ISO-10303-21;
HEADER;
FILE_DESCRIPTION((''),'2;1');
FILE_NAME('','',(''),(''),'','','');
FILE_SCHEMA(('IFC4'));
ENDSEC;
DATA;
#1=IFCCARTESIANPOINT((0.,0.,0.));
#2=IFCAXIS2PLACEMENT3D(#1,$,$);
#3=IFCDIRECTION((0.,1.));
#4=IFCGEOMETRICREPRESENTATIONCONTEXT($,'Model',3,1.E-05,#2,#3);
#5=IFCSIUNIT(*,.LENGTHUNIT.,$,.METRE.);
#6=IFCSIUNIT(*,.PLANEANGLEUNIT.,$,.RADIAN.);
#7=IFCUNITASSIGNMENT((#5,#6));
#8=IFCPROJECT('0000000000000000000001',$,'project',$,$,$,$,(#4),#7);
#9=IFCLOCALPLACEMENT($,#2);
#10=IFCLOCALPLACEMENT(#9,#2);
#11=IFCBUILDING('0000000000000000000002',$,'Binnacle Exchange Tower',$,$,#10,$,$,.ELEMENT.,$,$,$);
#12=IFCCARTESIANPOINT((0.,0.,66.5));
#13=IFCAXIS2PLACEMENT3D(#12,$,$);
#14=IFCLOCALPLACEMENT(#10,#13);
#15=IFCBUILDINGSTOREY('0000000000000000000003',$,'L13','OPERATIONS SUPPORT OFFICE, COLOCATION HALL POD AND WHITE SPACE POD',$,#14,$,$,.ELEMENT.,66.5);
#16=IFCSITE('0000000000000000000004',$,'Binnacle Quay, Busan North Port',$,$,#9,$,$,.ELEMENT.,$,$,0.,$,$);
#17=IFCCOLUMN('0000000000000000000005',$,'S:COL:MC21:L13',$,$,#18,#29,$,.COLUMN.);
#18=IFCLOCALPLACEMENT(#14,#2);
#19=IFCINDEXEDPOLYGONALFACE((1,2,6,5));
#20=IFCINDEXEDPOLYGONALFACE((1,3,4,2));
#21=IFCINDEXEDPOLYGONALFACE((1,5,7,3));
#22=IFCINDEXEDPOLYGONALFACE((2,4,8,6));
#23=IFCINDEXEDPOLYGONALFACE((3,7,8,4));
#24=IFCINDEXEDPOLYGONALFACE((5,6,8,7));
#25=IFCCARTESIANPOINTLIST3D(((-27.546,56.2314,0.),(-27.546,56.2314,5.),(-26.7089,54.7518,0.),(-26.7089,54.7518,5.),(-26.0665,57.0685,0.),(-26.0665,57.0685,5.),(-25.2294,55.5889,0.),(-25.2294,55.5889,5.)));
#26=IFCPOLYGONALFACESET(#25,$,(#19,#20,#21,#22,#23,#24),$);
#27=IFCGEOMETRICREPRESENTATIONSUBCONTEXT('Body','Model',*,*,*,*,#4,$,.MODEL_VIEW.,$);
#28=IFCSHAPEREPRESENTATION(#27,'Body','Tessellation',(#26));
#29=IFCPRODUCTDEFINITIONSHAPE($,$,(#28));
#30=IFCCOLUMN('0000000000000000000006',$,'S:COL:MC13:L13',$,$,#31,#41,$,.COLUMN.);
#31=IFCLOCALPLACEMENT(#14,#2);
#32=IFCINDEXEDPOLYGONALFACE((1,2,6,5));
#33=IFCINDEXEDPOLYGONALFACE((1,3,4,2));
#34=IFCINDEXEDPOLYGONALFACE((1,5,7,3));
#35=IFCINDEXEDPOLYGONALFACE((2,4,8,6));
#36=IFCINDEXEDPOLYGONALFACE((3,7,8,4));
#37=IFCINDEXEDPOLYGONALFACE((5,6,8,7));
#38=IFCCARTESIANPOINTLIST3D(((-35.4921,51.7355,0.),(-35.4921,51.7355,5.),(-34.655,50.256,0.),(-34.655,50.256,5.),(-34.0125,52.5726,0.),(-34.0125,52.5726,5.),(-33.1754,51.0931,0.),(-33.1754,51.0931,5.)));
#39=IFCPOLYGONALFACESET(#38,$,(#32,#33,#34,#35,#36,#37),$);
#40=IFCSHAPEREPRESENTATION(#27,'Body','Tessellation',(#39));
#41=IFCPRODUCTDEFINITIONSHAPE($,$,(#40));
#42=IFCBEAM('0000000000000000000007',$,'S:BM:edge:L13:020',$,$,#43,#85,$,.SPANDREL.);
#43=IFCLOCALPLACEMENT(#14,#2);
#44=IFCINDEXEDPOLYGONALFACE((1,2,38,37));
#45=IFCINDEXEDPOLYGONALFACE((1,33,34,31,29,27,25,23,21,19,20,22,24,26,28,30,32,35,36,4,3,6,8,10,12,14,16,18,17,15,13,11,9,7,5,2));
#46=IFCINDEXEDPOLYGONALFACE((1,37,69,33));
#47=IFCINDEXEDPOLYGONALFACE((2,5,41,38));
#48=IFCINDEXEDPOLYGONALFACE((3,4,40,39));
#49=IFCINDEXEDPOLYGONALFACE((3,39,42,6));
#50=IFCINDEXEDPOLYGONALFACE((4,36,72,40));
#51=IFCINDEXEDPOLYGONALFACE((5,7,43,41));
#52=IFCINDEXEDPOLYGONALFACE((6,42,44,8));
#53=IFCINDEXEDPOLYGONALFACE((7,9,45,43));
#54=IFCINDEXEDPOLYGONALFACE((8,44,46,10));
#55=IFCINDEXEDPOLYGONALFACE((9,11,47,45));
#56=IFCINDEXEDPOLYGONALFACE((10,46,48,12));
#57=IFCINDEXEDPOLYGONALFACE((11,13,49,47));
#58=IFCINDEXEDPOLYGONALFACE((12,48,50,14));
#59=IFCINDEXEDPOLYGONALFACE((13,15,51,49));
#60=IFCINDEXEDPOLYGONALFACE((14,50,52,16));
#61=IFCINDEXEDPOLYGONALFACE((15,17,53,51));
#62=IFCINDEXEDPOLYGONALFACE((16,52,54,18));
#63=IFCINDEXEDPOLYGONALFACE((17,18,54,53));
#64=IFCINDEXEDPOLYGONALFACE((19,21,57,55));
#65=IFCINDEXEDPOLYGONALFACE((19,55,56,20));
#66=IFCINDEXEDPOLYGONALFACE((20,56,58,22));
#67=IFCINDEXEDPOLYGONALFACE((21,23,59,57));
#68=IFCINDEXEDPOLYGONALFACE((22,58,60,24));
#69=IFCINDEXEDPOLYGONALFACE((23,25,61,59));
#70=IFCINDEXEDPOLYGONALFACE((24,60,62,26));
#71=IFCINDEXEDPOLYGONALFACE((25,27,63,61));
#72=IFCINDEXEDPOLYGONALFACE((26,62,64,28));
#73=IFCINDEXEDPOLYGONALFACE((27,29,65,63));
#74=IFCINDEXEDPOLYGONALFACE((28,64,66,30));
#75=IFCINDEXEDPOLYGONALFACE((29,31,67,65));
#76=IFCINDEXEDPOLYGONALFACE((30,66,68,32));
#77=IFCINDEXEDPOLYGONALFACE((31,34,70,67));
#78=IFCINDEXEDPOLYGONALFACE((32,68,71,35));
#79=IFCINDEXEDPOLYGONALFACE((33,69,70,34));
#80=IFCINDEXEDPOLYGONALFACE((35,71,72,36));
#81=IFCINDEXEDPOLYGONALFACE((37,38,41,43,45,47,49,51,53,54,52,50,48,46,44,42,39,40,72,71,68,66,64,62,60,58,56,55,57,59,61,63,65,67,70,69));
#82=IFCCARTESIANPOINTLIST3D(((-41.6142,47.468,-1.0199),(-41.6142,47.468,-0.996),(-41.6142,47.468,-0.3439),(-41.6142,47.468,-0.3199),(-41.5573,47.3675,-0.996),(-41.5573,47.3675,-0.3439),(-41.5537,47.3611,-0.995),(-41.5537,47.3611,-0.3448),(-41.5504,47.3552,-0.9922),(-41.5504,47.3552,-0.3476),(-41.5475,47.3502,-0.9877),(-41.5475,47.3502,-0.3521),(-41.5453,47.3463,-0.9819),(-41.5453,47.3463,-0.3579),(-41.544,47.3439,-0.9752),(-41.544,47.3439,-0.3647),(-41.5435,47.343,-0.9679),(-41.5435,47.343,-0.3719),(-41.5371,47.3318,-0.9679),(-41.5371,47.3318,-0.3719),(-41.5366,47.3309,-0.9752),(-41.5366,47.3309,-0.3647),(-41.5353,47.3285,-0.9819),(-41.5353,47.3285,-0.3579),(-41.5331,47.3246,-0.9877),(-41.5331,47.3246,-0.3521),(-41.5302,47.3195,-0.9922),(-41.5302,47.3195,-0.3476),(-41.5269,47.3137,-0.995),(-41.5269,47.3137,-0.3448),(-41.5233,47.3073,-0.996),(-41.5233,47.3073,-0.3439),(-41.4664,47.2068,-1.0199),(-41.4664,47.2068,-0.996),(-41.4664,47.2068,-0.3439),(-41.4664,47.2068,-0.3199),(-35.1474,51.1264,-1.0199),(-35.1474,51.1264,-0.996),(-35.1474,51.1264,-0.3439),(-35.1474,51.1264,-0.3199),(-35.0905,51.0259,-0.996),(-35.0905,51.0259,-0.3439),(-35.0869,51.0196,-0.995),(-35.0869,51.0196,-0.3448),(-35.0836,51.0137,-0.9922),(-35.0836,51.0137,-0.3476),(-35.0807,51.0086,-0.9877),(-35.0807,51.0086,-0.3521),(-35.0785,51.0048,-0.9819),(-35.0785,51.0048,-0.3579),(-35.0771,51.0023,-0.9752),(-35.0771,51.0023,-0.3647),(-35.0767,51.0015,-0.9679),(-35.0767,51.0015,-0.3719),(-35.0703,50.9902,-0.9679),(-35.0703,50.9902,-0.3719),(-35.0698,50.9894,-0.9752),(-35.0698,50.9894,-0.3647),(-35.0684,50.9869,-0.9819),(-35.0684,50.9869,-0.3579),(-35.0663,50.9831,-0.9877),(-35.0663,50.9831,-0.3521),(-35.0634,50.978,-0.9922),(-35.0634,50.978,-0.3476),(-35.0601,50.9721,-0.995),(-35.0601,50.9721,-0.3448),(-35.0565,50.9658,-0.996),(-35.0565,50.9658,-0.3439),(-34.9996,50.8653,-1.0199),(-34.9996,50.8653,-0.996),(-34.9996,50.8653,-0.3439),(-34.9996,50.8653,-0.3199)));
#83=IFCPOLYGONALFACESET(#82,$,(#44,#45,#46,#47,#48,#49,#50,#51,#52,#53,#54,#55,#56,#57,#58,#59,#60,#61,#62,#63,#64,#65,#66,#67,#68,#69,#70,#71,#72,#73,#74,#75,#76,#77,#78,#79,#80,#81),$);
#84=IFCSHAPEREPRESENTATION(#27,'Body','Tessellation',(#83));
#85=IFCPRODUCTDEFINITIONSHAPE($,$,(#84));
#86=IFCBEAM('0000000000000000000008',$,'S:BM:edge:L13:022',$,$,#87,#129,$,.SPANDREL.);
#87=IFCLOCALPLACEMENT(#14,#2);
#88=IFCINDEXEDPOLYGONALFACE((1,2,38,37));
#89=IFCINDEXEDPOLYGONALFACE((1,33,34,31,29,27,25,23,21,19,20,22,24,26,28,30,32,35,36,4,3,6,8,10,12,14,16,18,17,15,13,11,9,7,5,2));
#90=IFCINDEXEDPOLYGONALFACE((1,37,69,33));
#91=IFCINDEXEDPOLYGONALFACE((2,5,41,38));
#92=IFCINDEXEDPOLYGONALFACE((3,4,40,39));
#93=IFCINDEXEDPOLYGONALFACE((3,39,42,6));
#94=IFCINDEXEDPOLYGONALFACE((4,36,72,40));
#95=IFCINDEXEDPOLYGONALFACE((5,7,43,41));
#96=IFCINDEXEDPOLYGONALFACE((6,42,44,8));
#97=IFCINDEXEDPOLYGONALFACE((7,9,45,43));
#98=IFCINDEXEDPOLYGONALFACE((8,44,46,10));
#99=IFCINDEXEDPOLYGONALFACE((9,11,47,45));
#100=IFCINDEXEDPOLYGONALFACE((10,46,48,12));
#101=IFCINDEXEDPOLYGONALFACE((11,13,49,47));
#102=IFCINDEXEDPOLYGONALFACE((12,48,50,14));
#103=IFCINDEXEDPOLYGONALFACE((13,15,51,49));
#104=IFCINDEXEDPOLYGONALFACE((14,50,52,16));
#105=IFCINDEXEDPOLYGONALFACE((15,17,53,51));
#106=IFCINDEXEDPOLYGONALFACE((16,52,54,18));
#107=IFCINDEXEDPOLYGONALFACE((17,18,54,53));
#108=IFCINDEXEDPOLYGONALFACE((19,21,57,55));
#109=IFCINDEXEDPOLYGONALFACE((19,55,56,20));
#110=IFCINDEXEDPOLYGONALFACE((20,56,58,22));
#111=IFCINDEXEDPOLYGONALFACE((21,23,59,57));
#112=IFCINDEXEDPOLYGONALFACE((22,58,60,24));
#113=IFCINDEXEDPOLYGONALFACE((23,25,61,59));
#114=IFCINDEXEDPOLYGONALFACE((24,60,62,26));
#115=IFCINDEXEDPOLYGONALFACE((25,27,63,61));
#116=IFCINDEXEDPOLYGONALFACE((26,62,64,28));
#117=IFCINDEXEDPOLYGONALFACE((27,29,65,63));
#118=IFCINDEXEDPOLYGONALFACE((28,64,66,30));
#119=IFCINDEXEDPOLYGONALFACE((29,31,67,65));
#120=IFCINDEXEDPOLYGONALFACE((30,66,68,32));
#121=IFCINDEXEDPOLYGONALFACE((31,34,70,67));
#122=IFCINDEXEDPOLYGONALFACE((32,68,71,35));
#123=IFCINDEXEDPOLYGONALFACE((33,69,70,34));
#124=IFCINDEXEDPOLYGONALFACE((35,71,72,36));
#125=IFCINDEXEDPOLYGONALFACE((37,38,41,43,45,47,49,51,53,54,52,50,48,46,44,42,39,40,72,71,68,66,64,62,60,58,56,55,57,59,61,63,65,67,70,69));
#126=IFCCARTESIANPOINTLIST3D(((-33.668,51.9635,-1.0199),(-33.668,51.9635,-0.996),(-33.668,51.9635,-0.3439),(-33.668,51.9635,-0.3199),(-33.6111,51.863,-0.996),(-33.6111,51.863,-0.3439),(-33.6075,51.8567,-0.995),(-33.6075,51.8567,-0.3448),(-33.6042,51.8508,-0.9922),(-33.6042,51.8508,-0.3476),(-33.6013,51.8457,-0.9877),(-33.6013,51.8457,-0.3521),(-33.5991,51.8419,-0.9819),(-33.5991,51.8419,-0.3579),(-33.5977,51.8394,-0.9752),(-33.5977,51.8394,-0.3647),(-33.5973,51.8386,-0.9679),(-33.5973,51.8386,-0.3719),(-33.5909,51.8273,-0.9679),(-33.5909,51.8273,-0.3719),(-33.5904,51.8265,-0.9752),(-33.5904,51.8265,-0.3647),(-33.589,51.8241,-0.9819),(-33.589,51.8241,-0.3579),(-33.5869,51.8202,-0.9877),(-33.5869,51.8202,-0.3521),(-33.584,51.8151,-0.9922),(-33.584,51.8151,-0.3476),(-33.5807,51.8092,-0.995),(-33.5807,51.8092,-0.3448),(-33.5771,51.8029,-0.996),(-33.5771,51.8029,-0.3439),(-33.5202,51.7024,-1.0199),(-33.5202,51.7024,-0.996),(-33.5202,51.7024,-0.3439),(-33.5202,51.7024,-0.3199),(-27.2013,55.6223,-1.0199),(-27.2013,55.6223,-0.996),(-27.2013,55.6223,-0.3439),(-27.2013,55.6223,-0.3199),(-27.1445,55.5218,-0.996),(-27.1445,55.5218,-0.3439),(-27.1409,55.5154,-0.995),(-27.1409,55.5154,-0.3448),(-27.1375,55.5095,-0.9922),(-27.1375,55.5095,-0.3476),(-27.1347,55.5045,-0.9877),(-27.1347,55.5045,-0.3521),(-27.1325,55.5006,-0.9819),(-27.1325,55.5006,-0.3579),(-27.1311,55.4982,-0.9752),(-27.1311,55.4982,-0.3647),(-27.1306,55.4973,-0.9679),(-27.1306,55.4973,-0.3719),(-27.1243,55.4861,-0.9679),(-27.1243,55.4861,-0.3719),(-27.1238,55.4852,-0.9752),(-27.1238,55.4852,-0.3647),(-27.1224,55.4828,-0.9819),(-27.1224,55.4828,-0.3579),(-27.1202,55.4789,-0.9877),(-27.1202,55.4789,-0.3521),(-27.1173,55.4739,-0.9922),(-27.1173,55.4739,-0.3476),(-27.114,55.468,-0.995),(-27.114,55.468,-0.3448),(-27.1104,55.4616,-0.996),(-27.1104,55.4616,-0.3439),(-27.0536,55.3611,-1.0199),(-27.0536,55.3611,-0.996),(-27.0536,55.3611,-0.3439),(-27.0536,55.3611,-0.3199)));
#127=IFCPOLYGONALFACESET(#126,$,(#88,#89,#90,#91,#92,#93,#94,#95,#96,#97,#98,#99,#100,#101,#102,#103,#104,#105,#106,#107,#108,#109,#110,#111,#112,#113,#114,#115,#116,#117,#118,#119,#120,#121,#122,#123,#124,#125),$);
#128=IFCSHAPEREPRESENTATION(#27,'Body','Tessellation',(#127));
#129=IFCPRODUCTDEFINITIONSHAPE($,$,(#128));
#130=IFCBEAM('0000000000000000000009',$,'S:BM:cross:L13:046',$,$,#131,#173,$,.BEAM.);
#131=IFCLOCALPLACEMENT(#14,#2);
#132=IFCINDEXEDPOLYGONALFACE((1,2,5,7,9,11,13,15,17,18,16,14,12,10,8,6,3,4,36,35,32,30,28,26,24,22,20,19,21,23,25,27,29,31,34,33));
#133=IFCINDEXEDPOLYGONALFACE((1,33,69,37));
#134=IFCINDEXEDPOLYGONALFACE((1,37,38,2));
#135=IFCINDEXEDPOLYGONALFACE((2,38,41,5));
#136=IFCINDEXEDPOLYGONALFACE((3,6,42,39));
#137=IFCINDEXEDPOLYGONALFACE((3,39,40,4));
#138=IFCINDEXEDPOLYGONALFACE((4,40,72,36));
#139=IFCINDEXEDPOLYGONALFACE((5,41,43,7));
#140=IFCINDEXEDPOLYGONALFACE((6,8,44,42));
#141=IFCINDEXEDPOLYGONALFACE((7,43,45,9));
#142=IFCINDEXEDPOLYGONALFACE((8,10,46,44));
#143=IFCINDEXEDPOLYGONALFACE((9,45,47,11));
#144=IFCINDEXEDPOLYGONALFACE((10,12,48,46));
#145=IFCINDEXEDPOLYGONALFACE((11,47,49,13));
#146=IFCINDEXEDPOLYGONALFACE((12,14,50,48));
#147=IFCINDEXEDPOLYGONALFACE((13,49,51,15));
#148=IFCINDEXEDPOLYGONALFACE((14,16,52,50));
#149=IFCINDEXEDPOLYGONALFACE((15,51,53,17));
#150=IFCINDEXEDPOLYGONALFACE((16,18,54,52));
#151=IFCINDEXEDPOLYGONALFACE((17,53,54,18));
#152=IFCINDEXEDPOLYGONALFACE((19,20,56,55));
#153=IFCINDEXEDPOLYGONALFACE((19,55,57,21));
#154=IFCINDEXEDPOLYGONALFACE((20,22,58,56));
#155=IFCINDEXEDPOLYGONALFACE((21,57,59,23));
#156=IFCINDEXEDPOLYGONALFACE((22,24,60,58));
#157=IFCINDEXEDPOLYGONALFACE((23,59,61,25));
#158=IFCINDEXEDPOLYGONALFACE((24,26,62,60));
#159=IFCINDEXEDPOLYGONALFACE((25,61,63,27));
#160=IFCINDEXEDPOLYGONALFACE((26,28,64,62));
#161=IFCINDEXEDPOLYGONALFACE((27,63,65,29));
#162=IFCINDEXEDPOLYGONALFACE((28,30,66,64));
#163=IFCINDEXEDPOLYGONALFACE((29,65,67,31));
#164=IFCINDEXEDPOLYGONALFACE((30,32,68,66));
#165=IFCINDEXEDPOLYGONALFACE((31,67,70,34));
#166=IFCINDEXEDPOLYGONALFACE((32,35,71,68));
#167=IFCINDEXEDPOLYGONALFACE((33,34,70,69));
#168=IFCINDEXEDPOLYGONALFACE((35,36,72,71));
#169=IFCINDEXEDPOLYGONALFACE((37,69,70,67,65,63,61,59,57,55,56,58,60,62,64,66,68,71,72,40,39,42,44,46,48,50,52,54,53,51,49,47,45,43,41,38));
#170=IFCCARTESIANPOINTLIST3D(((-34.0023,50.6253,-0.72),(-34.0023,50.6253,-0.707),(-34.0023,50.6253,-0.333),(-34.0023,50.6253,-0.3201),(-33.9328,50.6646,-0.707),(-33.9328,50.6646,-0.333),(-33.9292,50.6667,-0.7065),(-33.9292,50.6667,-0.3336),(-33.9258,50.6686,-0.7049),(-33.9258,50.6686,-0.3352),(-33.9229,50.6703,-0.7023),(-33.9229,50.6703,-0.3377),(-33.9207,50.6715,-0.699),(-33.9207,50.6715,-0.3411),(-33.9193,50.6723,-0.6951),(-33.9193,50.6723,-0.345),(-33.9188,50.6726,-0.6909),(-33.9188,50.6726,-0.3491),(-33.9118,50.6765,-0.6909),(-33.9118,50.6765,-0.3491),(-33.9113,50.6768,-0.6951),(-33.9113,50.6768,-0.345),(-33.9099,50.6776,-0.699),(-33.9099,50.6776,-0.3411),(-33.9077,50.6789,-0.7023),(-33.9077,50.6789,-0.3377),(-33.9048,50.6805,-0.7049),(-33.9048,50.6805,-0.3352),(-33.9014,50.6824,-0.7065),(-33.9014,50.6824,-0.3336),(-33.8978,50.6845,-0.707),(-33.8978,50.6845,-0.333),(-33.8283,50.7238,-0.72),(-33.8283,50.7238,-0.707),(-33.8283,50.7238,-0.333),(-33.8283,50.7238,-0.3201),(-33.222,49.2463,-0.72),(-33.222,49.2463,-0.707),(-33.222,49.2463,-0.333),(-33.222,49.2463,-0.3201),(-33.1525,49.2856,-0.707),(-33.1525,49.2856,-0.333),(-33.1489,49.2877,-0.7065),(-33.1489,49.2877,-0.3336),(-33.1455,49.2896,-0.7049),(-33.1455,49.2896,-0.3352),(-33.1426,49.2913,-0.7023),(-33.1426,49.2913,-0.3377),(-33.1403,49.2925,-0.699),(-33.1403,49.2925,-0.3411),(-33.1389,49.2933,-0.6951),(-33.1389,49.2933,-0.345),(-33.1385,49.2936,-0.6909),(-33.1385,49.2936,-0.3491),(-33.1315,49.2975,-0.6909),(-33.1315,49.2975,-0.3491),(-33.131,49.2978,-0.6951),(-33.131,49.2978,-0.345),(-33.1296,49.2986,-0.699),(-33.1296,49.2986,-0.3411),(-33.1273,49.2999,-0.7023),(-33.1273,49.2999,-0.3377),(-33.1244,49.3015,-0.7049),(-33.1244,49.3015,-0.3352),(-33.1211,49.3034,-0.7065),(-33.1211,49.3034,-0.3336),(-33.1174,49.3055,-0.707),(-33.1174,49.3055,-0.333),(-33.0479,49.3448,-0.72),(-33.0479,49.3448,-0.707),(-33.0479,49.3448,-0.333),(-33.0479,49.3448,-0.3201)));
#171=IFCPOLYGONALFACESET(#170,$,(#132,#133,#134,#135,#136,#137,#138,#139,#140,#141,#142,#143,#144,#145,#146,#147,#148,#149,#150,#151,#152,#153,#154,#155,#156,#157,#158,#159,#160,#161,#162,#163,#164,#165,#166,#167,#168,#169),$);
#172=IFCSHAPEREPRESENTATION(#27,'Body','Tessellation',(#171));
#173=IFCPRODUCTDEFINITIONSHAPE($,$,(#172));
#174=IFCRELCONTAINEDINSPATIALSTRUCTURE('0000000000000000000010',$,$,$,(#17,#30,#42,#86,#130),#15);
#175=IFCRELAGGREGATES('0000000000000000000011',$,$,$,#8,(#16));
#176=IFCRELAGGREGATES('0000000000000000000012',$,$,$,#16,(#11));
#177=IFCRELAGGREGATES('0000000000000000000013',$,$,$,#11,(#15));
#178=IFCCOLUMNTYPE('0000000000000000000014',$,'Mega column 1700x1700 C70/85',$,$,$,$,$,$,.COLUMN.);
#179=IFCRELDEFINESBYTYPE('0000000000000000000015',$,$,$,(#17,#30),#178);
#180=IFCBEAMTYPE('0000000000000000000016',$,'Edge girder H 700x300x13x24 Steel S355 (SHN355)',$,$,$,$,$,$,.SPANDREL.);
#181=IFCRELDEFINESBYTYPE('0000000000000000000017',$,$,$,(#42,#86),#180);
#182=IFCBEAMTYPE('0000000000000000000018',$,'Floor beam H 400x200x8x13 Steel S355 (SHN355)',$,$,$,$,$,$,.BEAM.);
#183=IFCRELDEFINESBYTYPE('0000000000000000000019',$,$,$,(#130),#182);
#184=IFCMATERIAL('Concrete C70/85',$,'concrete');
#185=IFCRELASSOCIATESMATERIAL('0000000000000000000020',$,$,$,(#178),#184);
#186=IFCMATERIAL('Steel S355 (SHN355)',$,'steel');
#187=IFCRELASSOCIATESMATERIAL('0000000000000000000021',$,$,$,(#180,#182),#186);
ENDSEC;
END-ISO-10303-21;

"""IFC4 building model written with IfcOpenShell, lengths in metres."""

from ifc_helpers import new_model, si_unit, direction, frame, origin, origin_2d, place, context, subcontext, project, spatial, rectangle, i_section, extrude, material, material_profile, profile_set, type_object, element, save


model = new_model("IFC4")

# Units and contexts
model_context = context("Model", 3, precision=1e-05, world=origin(), true_north=direction((0.0, 1.0)))
body_context = subcontext(model_context, "Body", "Model", "MODEL_VIEW")
ifc_project = project(units=[si_unit("LENGTHUNIT", "METRE"), si_unit("PLANEANGLEUNIT", "RADIAN")], contexts=[model_context])

# Site, building, storey
site_placement = place(None, origin())
site = spatial("IfcSite", under=ifc_project, at=site_placement, Name="Binnacle Quay, Busan North Port", CompositionType="ELEMENT", RefElevation=0.0)
building_placement = place(site_placement, origin())
building = spatial("IfcBuilding", under=site, at=building_placement, Name="Binnacle Exchange Tower", CompositionType="ELEMENT")
storey_placement = place(building_placement, frame((0.0, 0.0, 66.5)))
storey = spatial("IfcBuildingStorey", under=building, at=storey_placement, Name="L13", Description="OPERATIONS SUPPORT OFFICE, COLOCATION HALL POD AND WHITE SPACE POD", CompositionType="ELEMENT", Elevation=66.5)

# Columns
ifc_material_1 = material(Name="Concrete C70/85", Category="concrete")
ifc_material_profile_1 = material_profile(ifc_material_1, rectangle(XDim=1.7, YDim=1.7, at=origin_2d()), Name="Mega column 1700x1700 C70/85")
ifc_profile_set_1 = profile_set([ifc_material_profile_1], Name="Concrete C70/85")
column_type = type_object("IfcColumnType", Name="Mega column 1700x1700 C70/85", PredefinedType="COLUMN", material=ifc_profile_set_1)
for number, where, z_axis, x_axis, name in (
    (1, (-26.3877, 55.9102, 0.0), (0.0, 0.0, 1.0), (-0.870356, -0.492424, 0.0), "S:COL:MC21:L13"),
    (2, (-34.3337, 51.4143, 0.0), (0.0, 0.0, 1.0), (-0.870356, -0.492424, 0.0), "S:COL:MC13:L13"),
):
    element("IfcColumn", number, at=place(storey_placement, frame(where, z_axis=z_axis, x_axis=x_axis)), inside=storey, type_object=column_type, Name=name, PredefinedType="COLUMN", context=body_context, shape_type="SweptSolid", body=[
        extrude(rectangle(XDim=1.7, YDim=1.7, at=origin_2d()), origin(), (0.0, 0.0, 1.0), 5.0),
    ])

# Beams
ifc_material_2 = material(Name="Steel S355 (SHN355)", Category="steel")
ifc_material_profile_2 = material_profile(ifc_material_2, i_section(OverallWidth=0.3, OverallDepth=0.7, WebThickness=0.0129, FlangeThickness=0.0239, FilletRadius=0.0281, at=origin_2d()), Name="H 700x300x13x24")
ifc_profile_set_2 = profile_set([ifc_material_profile_2], Name="Steel S355 (SHN355)")
beam_type_1 = type_object("IfcBeamType", Name="Edge girder H 700x300x13x24 Steel S355 (SHN355)", PredefinedType="SPANDREL", material=ifc_profile_set_2)
for number, where, z_axis, x_axis, name in (
    (3, (-35.0735, 50.9958, -0.6699), (-0.870372, -0.492394, 0.0), (0.492394, -0.870372, 0.0), "S:BM:edge:L13:020"),
    (4, (-27.1274, 55.4917, -0.6699), (-0.87035, -0.492433, 0.0), (0.492433, -0.87035, 0.0), "S:BM:edge:L13:022"),
):
    element("IfcBeam", number, at=place(storey_placement, frame(where, z_axis=z_axis, x_axis=x_axis)), inside=storey, type_object=beam_type_1, Name=name, PredefinedType="SPANDREL", context=body_context, shape_type="SweptSolid", body=[
        extrude(i_section(OverallWidth=0.3, OverallDepth=0.7, WebThickness=0.0129, FlangeThickness=0.0239, FilletRadius=0.0281, at=origin_2d()), origin(), (0.0, 0.0, 1.0), 7.4299),
    ])
ifc_material_profile_3 = material_profile(ifc_material_2, i_section(OverallWidth=0.2, OverallDepth=0.3999, WebThickness=0.0081, FlangeThickness=0.0129, FilletRadius=0.0161, at=origin_2d()), Name="H 400x200x8x13")
ifc_profile_set_3 = profile_set([ifc_material_profile_3], Name="Steel S355 (SHN355)")
beam_type_2 = type_object("IfcBeamType", Name="Floor beam H 400x200x8x13 Steel S355 (SHN355)", PredefinedType="BEAM", material=ifc_profile_set_3)
beam_1_placement = place(storey_placement, frame((-33.9153, 50.6746, -0.52), z_axis=(0.492484, -0.870322, 0.0), x_axis=(0.870322, 0.492484, 0.0)))
element("IfcBeam", 5, at=beam_1_placement, inside=storey, type_object=beam_type_2, Name="S:BM:cross:L13:046", PredefinedType="BEAM", context=body_context, shape_type="SweptSolid", body=[
    extrude(i_section(OverallWidth=0.2, OverallDepth=0.3999, WebThickness=0.0081, FlangeThickness=0.0129, FilletRadius=0.0161, at=origin_2d()), origin(), (0.0, 0.0, 1.0), 1.5845),
])

save(model, "model.ifc")
